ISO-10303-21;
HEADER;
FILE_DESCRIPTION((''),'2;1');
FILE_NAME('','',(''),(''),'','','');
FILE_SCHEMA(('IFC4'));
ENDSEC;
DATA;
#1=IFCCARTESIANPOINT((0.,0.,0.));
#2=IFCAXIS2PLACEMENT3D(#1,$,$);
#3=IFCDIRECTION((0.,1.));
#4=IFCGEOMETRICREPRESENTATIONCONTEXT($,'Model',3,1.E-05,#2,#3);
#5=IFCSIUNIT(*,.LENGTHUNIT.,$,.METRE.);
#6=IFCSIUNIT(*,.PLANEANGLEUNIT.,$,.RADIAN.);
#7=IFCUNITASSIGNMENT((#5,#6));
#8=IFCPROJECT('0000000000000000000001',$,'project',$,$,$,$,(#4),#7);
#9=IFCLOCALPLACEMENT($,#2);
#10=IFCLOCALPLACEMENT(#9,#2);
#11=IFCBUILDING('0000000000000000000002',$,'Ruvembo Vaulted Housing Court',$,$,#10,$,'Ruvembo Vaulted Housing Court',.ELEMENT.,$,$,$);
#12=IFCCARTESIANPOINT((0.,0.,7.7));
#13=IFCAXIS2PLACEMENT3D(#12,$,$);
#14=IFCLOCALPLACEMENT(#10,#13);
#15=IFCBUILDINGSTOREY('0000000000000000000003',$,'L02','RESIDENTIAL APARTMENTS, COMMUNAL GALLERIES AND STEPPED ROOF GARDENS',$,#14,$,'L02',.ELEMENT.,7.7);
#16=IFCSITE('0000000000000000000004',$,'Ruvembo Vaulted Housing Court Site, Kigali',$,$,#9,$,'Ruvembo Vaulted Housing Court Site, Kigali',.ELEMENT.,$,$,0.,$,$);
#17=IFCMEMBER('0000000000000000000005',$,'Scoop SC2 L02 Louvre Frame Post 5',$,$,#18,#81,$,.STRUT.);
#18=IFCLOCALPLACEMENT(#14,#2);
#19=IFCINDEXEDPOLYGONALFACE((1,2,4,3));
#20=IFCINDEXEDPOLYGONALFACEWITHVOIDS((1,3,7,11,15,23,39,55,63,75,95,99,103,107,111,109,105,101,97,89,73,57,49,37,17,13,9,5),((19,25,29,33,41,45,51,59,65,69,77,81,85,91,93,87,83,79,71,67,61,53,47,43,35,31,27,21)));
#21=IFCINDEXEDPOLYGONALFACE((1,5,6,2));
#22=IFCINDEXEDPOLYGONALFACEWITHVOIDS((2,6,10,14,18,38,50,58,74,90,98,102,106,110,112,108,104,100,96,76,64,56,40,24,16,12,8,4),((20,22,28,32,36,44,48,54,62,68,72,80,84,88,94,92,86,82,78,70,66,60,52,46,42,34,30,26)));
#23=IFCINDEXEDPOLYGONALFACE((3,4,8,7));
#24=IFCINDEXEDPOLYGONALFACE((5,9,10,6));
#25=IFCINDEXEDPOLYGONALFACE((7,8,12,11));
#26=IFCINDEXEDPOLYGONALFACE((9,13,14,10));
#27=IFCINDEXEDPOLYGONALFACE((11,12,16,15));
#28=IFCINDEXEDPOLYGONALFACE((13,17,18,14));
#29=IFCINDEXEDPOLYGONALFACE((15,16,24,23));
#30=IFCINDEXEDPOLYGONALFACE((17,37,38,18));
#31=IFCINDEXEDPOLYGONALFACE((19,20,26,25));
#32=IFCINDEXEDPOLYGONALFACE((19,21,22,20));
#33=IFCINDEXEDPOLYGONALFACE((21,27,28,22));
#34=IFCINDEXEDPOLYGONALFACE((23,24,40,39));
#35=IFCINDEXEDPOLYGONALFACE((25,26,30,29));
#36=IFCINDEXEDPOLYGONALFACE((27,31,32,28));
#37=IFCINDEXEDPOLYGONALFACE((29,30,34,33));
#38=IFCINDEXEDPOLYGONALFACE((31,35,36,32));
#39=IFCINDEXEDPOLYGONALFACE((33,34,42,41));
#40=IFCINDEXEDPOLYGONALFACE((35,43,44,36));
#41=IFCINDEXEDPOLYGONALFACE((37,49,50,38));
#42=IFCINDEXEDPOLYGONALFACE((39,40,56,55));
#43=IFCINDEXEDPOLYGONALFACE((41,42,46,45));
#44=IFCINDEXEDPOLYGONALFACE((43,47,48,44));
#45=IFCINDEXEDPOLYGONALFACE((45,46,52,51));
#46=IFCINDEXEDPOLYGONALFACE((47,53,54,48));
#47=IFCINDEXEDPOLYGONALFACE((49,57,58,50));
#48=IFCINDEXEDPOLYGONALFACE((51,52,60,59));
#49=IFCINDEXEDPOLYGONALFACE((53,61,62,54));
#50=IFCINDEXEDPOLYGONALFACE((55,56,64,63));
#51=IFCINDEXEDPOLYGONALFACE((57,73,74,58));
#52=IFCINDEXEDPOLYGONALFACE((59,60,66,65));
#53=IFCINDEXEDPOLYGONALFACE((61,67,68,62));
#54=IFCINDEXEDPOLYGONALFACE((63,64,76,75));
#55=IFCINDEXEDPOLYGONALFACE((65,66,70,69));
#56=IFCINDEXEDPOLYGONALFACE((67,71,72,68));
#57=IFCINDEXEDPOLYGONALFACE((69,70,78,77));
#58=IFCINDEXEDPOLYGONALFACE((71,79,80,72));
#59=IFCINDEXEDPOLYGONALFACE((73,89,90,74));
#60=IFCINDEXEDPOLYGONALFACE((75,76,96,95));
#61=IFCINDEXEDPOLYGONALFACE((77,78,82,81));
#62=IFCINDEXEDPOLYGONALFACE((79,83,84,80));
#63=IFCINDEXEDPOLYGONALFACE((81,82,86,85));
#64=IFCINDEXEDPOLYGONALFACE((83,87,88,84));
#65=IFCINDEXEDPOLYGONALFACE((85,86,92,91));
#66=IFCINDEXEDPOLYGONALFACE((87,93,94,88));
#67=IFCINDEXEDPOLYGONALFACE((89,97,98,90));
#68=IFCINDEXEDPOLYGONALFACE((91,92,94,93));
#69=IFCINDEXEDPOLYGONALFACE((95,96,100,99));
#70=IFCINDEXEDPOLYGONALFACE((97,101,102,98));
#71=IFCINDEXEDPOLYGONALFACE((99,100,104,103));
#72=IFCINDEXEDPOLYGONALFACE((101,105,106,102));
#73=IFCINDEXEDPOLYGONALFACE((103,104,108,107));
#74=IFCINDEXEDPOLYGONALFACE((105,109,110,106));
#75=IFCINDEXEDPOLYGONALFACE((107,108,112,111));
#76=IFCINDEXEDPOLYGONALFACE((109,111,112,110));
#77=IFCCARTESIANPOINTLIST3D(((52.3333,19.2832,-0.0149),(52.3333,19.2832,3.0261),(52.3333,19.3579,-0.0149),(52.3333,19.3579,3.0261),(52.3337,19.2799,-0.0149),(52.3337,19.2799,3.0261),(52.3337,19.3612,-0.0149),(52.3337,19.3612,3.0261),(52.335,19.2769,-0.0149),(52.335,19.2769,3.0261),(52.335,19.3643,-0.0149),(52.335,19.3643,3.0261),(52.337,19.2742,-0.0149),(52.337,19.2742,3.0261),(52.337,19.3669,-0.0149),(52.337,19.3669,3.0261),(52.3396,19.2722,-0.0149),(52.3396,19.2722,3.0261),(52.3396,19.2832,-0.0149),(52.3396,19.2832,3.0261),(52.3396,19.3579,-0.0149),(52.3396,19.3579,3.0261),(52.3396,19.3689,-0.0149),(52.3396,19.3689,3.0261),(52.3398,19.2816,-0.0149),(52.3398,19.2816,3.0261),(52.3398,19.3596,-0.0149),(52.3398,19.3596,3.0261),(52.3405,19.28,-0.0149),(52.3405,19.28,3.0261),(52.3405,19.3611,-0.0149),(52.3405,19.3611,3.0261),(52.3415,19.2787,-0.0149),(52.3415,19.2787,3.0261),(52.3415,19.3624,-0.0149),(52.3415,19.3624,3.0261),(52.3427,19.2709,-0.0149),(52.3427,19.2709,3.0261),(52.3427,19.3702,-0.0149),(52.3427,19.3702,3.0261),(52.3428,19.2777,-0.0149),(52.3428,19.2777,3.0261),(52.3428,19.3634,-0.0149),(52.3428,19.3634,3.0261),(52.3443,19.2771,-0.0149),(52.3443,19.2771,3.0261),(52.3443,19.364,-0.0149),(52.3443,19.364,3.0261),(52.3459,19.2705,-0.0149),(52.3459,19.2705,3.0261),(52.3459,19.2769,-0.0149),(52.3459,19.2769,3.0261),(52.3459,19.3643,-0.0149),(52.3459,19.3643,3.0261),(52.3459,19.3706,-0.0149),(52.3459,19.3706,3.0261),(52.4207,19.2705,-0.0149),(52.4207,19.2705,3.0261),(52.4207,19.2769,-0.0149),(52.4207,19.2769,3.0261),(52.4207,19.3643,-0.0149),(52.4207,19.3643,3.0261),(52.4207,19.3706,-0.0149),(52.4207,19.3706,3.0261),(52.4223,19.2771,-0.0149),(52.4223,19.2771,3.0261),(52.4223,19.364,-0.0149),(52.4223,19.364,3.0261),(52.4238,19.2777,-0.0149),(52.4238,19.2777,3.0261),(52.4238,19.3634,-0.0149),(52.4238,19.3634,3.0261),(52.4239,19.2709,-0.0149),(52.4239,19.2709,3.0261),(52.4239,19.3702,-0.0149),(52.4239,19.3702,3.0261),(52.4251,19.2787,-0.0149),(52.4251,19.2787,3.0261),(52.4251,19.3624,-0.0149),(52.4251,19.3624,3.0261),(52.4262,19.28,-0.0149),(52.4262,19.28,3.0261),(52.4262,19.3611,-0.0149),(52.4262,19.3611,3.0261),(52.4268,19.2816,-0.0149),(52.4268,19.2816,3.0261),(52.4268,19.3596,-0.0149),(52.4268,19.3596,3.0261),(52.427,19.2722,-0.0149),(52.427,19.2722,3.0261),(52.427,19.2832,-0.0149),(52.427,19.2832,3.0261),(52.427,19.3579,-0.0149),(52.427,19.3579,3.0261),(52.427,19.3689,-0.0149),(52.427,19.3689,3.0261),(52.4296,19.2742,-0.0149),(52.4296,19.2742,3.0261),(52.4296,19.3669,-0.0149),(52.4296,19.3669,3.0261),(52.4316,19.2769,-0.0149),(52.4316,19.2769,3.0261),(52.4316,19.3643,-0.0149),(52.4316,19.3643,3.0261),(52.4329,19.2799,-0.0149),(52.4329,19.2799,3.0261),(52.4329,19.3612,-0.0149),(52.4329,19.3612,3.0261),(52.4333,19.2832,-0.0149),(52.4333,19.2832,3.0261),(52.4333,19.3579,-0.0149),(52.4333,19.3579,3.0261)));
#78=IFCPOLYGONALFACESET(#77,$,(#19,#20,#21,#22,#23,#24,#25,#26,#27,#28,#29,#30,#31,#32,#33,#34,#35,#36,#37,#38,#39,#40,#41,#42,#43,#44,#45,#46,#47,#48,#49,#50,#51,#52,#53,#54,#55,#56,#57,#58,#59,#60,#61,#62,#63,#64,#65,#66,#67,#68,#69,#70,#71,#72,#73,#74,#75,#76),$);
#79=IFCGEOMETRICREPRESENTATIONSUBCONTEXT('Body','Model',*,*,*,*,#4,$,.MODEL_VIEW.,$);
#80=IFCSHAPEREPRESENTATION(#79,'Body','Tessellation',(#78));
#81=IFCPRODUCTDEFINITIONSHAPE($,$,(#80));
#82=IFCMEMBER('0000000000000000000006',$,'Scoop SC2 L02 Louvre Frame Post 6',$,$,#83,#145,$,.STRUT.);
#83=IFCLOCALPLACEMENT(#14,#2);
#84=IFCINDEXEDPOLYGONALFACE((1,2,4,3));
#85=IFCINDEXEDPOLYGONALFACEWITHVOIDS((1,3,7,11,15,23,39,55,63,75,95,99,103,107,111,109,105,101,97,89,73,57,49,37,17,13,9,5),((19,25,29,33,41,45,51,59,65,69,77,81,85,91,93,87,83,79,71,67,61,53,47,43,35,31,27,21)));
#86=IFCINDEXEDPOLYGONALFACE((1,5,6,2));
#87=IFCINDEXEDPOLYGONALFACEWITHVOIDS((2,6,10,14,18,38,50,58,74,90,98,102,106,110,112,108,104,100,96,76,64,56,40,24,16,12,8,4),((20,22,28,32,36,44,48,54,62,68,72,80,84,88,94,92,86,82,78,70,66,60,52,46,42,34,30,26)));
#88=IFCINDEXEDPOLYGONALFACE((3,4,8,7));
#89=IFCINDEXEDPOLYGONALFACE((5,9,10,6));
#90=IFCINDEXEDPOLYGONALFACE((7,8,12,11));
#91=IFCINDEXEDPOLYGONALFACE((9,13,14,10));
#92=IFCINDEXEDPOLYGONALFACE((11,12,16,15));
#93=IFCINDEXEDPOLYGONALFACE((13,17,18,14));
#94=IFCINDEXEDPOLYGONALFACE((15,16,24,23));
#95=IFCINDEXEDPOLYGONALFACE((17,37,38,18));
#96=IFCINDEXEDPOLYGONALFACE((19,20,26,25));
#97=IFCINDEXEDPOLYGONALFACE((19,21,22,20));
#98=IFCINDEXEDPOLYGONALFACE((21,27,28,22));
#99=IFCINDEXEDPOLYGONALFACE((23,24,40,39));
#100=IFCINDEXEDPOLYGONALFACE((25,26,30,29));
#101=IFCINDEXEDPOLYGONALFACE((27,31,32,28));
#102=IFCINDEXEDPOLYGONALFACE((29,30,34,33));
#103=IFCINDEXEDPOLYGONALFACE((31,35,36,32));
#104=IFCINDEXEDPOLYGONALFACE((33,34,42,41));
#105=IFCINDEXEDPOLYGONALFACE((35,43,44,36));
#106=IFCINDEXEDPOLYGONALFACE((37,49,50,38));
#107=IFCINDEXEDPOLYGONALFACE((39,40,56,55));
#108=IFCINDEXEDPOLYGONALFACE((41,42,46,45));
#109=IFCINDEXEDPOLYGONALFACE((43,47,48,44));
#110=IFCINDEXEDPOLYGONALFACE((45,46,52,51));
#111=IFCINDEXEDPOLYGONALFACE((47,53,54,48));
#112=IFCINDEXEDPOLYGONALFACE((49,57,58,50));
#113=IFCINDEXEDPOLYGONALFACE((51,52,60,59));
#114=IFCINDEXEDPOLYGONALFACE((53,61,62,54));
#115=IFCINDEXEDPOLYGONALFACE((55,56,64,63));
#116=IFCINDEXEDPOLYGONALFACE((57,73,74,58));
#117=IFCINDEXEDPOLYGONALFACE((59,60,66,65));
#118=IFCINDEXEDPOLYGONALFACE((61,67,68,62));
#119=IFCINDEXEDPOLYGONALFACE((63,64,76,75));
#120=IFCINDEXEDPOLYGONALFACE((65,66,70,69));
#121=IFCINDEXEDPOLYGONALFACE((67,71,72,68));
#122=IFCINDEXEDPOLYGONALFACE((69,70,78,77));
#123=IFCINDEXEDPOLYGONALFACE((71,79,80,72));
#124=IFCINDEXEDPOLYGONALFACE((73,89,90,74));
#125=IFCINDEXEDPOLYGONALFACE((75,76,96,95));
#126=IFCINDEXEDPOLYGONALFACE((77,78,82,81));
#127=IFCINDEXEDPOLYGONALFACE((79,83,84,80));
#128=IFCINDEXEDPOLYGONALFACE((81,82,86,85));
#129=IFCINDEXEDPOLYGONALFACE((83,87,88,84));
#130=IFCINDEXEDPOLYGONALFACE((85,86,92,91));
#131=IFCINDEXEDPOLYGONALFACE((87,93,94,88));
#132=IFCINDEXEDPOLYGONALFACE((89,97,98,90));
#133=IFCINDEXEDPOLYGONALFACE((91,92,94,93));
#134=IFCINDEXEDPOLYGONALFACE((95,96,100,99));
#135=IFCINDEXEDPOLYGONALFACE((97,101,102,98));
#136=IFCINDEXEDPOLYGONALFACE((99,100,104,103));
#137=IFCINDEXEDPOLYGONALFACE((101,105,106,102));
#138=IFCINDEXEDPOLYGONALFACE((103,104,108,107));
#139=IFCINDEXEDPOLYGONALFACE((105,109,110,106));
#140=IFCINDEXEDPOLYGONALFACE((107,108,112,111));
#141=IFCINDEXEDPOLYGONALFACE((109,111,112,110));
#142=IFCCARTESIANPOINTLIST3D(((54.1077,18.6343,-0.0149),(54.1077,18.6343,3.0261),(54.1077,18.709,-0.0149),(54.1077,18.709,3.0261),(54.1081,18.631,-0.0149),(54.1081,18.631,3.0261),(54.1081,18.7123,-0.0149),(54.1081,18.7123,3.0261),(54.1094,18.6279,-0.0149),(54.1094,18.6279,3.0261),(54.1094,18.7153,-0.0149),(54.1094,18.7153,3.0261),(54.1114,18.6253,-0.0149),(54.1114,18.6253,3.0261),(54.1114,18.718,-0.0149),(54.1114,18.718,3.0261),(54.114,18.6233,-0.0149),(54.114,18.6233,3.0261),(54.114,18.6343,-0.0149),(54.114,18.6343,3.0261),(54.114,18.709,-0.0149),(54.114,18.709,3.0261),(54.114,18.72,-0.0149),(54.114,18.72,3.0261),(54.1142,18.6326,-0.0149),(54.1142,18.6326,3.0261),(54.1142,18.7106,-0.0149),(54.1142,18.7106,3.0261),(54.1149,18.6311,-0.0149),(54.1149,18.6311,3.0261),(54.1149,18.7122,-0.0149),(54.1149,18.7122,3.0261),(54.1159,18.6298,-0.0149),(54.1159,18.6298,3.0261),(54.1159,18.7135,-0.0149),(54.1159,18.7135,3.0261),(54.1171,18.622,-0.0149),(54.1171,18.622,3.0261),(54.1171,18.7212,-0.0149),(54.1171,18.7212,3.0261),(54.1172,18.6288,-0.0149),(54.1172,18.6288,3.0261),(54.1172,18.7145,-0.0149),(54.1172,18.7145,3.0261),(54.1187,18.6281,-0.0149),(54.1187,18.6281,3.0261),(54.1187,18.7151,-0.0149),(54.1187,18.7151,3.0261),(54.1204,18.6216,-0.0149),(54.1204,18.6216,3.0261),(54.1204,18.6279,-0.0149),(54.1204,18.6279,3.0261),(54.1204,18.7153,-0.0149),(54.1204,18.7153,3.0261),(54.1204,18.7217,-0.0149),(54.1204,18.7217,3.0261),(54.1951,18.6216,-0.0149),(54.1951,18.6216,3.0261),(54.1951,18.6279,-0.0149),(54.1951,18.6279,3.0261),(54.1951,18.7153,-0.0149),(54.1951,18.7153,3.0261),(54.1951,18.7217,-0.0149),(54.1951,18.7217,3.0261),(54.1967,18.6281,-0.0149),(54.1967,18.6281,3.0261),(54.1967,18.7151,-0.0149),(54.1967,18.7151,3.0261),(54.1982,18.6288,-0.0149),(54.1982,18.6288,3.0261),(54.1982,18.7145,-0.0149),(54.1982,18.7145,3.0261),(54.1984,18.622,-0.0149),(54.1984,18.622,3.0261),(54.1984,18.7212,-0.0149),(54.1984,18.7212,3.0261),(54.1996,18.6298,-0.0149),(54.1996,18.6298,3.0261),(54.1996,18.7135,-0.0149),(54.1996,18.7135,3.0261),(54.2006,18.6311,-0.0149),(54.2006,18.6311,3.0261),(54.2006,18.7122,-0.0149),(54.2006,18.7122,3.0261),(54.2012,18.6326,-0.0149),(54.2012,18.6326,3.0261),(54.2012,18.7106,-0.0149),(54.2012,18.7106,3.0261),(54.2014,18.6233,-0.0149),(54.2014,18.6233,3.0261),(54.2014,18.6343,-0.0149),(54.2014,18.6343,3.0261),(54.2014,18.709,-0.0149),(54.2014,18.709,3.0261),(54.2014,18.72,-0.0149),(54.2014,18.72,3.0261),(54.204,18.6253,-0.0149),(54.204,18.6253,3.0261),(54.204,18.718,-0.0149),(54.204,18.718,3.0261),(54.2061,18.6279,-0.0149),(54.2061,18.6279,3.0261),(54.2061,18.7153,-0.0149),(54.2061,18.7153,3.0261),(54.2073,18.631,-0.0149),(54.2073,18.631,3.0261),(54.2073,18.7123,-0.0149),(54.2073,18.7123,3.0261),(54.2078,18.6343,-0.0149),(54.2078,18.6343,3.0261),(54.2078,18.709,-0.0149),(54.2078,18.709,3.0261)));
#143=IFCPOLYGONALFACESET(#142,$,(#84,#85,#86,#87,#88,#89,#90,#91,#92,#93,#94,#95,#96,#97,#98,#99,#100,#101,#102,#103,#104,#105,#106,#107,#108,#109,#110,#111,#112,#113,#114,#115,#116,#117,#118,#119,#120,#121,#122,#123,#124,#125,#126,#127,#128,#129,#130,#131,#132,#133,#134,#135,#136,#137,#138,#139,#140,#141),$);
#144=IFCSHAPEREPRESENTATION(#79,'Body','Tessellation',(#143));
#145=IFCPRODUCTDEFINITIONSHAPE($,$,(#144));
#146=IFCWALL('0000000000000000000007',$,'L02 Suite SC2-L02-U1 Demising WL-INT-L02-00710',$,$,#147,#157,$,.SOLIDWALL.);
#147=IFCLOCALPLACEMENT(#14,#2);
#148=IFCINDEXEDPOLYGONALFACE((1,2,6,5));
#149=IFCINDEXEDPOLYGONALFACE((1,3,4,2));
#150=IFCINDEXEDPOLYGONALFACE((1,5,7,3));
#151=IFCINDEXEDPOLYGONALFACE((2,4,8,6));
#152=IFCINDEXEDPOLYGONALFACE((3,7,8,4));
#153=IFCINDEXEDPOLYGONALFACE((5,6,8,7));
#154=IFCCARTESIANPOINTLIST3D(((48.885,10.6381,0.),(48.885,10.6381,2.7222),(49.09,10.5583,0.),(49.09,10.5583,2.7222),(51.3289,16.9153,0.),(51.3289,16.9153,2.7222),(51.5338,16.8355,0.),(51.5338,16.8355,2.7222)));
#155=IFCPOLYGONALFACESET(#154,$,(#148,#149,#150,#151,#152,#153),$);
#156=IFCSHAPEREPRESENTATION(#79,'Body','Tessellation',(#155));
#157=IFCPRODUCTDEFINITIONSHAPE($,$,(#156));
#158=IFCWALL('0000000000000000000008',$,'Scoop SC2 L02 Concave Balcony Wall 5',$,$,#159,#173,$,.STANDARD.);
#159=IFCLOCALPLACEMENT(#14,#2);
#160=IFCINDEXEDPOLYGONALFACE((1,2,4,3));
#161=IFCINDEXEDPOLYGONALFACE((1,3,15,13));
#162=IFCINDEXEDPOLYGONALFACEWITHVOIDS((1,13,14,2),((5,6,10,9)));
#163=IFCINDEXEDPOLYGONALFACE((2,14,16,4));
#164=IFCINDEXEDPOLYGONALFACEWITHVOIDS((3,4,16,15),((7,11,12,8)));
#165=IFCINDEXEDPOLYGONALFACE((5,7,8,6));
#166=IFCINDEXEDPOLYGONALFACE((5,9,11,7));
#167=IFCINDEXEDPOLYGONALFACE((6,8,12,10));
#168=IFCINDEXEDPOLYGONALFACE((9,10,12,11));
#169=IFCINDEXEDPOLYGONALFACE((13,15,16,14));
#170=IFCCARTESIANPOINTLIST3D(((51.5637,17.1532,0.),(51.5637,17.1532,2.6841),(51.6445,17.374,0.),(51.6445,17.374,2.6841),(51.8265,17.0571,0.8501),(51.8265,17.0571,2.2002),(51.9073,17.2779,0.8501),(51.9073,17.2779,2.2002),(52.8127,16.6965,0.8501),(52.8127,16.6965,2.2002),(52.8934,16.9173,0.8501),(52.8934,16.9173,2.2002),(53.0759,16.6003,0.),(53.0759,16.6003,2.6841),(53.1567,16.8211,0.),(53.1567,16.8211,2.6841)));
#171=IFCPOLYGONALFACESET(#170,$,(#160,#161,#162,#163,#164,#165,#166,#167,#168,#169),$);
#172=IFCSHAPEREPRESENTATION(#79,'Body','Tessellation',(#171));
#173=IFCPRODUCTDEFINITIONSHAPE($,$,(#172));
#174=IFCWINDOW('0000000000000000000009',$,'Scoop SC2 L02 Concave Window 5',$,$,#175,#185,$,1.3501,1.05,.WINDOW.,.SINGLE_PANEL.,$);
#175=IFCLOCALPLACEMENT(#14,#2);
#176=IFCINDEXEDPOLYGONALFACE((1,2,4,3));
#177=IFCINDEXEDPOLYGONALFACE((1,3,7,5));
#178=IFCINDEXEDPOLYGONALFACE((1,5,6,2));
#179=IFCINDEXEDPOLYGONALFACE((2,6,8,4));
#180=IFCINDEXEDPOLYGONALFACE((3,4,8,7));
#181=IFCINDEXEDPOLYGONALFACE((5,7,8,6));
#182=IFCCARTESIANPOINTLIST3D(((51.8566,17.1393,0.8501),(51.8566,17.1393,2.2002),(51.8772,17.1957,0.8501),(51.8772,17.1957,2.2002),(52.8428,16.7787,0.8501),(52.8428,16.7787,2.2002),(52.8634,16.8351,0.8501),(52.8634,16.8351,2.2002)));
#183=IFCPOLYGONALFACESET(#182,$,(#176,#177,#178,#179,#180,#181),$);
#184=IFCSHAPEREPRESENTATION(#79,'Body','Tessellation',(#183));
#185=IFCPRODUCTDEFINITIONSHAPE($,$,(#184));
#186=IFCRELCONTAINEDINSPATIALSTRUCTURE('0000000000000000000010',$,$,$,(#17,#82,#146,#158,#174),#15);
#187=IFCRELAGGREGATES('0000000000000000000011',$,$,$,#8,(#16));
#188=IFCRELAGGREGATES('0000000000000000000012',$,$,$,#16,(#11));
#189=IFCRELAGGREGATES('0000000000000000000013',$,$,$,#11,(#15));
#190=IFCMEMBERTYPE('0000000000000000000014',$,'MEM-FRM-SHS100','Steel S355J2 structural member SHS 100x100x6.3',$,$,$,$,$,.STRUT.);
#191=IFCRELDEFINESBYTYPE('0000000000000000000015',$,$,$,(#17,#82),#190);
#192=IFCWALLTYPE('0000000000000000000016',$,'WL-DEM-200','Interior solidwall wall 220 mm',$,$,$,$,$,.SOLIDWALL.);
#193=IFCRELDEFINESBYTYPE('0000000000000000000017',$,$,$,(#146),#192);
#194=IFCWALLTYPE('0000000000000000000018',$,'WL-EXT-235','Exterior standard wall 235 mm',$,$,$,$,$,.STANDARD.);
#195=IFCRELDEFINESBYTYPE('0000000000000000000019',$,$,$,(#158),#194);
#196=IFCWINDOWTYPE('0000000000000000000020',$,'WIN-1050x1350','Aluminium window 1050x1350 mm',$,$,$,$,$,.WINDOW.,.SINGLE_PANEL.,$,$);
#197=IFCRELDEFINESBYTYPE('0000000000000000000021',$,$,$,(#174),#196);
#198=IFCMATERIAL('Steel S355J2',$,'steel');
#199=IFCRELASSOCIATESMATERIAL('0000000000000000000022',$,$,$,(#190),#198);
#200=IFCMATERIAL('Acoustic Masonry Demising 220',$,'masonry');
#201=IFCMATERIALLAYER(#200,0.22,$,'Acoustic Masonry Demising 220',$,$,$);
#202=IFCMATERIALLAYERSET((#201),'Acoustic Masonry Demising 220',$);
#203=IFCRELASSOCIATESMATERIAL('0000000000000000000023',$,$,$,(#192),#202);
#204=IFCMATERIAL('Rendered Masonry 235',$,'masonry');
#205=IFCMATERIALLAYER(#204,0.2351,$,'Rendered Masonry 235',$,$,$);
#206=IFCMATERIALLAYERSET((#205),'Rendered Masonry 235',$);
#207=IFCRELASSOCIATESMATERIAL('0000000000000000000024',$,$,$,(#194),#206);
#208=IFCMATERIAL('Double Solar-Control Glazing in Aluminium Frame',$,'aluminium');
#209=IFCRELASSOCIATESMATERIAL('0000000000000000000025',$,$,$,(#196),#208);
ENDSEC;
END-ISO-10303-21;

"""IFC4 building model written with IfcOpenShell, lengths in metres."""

from ifc_helpers import new_model, si_unit, direction, frame, frame_2d, origin, origin_2d, place, context, subcontext, project, spatial, rectangle, hollow_rectangle, extrude, material, layer, layer_set, material_profile, profile_set, type_object, element, fill, save


model = new_model("IFC4")

# Units and contexts
model_context = context("Model", 3, precision=1e-05, world=origin(), true_north=direction((0.0, 1.0)))
body_context = subcontext(model_context, "Body", "Model", "MODEL_VIEW")
ifc_project = project(units=[si_unit("LENGTHUNIT", "METRE"), si_unit("PLANEANGLEUNIT", "RADIAN")], contexts=[model_context])

# Site, building, storey
site_placement = place(None, origin())
site = spatial("IfcSite", under=ifc_project, at=site_placement, Name="Ruvembo Vaulted Housing Court Site, Kigali", LongName="Ruvembo Vaulted Housing Court Site, Kigali", CompositionType="ELEMENT", RefElevation=0.0)
building_placement = place(site_placement, origin())
building = spatial("IfcBuilding", under=site, at=building_placement, Name="Ruvembo Vaulted Housing Court", LongName="Ruvembo Vaulted Housing Court", CompositionType="ELEMENT")
storey_placement = place(building_placement, frame((0.0, 0.0, 7.7)))
storey = spatial("IfcBuildingStorey", under=building, at=storey_placement, Name="L02", Description="RESIDENTIAL APARTMENTS, COMMUNAL GALLERIES AND STEPPED ROOF GARDENS", LongName="L02", CompositionType="ELEMENT", Elevation=7.7)

# Shared definitions
ifc_material_1 = material(Name="Steel S355J2", Category="steel")

# Members
ifc_material_profile_1 = material_profile(ifc_material_1, hollow_rectangle(XDim=0.1001, YDim=0.1001, WallThickness=0.0063, InnerFilletRadius=0.0063, OuterFilletRadius=0.0127, at=origin_2d()), Name="SHS 100x100x6.3")
ifc_profile_set_1 = profile_set([ifc_material_profile_1], Name="Steel S355J2")
member_type_1 = type_object("IfcMemberType", Name="MEM-FRM-SHS100", Description="Steel S355J2 structural member SHS 100x100x6.3", PredefinedType="STRUT", material=ifc_profile_set_1)
for number, where, z_axis, x_axis, name in (
    (1, (52.3833, 19.3206, -0.0149), (0.0, 0.0, 1.0), (1.0, 0.0, 0.0), "Scoop SC2 L02 Louvre Frame Post 5"),
    (2, (54.1577, 18.6716, -0.0149), (0.0, 0.0, 1.0), (1.0, 0.0, 0.0), "Scoop SC2 L02 Louvre Frame Post 6"),
):
    element("IfcMember", number, at=place(storey_placement, frame(where, z_axis=z_axis, x_axis=x_axis)), inside=storey, type_object=member_type_1, Name=name, PredefinedType="STRUT", context=body_context, shape_type="SweptSolid", body=[
        extrude(hollow_rectangle(XDim=0.1001, YDim=0.1001, WallThickness=0.0063, InnerFilletRadius=0.0063, OuterFilletRadius=0.0127, at=origin_2d()), origin(), (0.0, 0.0, 1.0), 3.041),
    ])

# Wall
ifc_material_2 = material(Name="Acoustic Masonry Demising 220", Category="masonry")
ifc_layer_1 = layer(ifc_material_2, 0.22, Name="Acoustic Masonry Demising 220")
ifc_layer_set_1 = layer_set([ifc_layer_1], Name="Acoustic Masonry Demising 220")
wall_type_1 = type_object("IfcWallType", Name="WL-DEM-200", Description="Interior solidwall wall 220 mm", PredefinedType="SOLIDWALL", material=ifc_layer_set_1)
wall_1_placement = place(storey_placement, frame((51.4314, 16.8755, 0.0), z_axis=(0.0, 0.0, 1.0), x_axis=(-0.362801, -0.931867, 0.0)))
element("IfcWall", 3, at=wall_1_placement, inside=storey, type_object=wall_type_1, Name="L02 Suite SC2-L02-U1 Demising WL-INT-L02-00710", PredefinedType="SOLIDWALL", context=body_context, shape_type="SweptSolid", body=[
    extrude(rectangle(XDim=6.7361, YDim=0.22, at=frame_2d((3.3682, 0.0))), origin(), (0.0, 0.0, 1.0), 2.7222),
])

# Wall, opening, window
ifc_material_3 = material(Name="Rendered Masonry 235", Category="masonry")
ifc_layer_2 = layer(ifc_material_3, 0.2351, Name="Rendered Masonry 235")
ifc_layer_set_2 = layer_set([ifc_layer_2], Name="Rendered Masonry 235")
wall_type_2 = type_object("IfcWallType", Name="WL-EXT-235", Description="Exterior standard wall 235 mm", PredefinedType="STANDARD", material=ifc_layer_set_2)
wall_2_placement = place(storey_placement, frame((51.604, 17.2637, 0.0), z_axis=(0.0, 0.0, 1.0), x_axis=(0.939177, -0.343435, 0.0)))
wall_2 = element("IfcWall", 4, at=wall_2_placement, inside=storey, type_object=wall_type_2, Name="Scoop SC2 L02 Concave Balcony Wall 5", PredefinedType="STANDARD", context=body_context, shape_type="SweptSolid", body=[
    extrude(rectangle(XDim=1.6101, YDim=0.2351, at=frame_2d((0.8052, 0.0))), origin(), (0.0, 0.0, 1.0), 2.6841),
])
opening_1_placement = place(wall_2_placement, frame((0.28, 0.0, 0.8501)))
opening_1 = element("IfcOpeningElement", 5, at=opening_1_placement, cuts=wall_2, PredefinedType="OPENING", context=body_context, shape_type="SweptSolid", body=[
    extrude(rectangle(XDim=1.05, YDim=1.3501, at=frame_2d((0.5249, 0.675))), frame((0.0, 0.1274, 0.0), z_axis=(0.0, -1.0, 0.0), x_axis=(1.0, 0.0, 0.0)), (0.0, 0.0, 1.0), 0.2551),
])
ifc_material_4 = material(Name="Double Solar-Control Glazing in Aluminium Frame", Category="aluminium")
window_type_1 = type_object("IfcWindowType", Name="WIN-1050x1350", Description="Aluminium window 1050x1350 mm", PartitioningType="SINGLE_PANEL", PredefinedType="WINDOW", material=ifc_material_4)
window_1_placement = place(opening_1_placement, origin())
window_1 = element("IfcWindow", 6, at=window_1_placement, inside=storey, type_object=window_type_1, Name="Scoop SC2 L02 Concave Window 5", OverallHeight=1.3501, OverallWidth=1.05, PartitioningType="SINGLE_PANEL", PredefinedType="WINDOW", context=body_context, shape_type="SweptSolid", body=[
    extrude(rectangle(XDim=1.05, YDim=1.3501, at=frame_2d((0.5249, 0.675))), frame((0.0, 0.03, 0.0), z_axis=(0.0, -1.0, 0.0), x_axis=(1.0, 0.0, 0.0)), (0.0, 0.0, 1.0), 0.0601),
])
fill(opening_1, window_1)

save(model, "model.ifc")
